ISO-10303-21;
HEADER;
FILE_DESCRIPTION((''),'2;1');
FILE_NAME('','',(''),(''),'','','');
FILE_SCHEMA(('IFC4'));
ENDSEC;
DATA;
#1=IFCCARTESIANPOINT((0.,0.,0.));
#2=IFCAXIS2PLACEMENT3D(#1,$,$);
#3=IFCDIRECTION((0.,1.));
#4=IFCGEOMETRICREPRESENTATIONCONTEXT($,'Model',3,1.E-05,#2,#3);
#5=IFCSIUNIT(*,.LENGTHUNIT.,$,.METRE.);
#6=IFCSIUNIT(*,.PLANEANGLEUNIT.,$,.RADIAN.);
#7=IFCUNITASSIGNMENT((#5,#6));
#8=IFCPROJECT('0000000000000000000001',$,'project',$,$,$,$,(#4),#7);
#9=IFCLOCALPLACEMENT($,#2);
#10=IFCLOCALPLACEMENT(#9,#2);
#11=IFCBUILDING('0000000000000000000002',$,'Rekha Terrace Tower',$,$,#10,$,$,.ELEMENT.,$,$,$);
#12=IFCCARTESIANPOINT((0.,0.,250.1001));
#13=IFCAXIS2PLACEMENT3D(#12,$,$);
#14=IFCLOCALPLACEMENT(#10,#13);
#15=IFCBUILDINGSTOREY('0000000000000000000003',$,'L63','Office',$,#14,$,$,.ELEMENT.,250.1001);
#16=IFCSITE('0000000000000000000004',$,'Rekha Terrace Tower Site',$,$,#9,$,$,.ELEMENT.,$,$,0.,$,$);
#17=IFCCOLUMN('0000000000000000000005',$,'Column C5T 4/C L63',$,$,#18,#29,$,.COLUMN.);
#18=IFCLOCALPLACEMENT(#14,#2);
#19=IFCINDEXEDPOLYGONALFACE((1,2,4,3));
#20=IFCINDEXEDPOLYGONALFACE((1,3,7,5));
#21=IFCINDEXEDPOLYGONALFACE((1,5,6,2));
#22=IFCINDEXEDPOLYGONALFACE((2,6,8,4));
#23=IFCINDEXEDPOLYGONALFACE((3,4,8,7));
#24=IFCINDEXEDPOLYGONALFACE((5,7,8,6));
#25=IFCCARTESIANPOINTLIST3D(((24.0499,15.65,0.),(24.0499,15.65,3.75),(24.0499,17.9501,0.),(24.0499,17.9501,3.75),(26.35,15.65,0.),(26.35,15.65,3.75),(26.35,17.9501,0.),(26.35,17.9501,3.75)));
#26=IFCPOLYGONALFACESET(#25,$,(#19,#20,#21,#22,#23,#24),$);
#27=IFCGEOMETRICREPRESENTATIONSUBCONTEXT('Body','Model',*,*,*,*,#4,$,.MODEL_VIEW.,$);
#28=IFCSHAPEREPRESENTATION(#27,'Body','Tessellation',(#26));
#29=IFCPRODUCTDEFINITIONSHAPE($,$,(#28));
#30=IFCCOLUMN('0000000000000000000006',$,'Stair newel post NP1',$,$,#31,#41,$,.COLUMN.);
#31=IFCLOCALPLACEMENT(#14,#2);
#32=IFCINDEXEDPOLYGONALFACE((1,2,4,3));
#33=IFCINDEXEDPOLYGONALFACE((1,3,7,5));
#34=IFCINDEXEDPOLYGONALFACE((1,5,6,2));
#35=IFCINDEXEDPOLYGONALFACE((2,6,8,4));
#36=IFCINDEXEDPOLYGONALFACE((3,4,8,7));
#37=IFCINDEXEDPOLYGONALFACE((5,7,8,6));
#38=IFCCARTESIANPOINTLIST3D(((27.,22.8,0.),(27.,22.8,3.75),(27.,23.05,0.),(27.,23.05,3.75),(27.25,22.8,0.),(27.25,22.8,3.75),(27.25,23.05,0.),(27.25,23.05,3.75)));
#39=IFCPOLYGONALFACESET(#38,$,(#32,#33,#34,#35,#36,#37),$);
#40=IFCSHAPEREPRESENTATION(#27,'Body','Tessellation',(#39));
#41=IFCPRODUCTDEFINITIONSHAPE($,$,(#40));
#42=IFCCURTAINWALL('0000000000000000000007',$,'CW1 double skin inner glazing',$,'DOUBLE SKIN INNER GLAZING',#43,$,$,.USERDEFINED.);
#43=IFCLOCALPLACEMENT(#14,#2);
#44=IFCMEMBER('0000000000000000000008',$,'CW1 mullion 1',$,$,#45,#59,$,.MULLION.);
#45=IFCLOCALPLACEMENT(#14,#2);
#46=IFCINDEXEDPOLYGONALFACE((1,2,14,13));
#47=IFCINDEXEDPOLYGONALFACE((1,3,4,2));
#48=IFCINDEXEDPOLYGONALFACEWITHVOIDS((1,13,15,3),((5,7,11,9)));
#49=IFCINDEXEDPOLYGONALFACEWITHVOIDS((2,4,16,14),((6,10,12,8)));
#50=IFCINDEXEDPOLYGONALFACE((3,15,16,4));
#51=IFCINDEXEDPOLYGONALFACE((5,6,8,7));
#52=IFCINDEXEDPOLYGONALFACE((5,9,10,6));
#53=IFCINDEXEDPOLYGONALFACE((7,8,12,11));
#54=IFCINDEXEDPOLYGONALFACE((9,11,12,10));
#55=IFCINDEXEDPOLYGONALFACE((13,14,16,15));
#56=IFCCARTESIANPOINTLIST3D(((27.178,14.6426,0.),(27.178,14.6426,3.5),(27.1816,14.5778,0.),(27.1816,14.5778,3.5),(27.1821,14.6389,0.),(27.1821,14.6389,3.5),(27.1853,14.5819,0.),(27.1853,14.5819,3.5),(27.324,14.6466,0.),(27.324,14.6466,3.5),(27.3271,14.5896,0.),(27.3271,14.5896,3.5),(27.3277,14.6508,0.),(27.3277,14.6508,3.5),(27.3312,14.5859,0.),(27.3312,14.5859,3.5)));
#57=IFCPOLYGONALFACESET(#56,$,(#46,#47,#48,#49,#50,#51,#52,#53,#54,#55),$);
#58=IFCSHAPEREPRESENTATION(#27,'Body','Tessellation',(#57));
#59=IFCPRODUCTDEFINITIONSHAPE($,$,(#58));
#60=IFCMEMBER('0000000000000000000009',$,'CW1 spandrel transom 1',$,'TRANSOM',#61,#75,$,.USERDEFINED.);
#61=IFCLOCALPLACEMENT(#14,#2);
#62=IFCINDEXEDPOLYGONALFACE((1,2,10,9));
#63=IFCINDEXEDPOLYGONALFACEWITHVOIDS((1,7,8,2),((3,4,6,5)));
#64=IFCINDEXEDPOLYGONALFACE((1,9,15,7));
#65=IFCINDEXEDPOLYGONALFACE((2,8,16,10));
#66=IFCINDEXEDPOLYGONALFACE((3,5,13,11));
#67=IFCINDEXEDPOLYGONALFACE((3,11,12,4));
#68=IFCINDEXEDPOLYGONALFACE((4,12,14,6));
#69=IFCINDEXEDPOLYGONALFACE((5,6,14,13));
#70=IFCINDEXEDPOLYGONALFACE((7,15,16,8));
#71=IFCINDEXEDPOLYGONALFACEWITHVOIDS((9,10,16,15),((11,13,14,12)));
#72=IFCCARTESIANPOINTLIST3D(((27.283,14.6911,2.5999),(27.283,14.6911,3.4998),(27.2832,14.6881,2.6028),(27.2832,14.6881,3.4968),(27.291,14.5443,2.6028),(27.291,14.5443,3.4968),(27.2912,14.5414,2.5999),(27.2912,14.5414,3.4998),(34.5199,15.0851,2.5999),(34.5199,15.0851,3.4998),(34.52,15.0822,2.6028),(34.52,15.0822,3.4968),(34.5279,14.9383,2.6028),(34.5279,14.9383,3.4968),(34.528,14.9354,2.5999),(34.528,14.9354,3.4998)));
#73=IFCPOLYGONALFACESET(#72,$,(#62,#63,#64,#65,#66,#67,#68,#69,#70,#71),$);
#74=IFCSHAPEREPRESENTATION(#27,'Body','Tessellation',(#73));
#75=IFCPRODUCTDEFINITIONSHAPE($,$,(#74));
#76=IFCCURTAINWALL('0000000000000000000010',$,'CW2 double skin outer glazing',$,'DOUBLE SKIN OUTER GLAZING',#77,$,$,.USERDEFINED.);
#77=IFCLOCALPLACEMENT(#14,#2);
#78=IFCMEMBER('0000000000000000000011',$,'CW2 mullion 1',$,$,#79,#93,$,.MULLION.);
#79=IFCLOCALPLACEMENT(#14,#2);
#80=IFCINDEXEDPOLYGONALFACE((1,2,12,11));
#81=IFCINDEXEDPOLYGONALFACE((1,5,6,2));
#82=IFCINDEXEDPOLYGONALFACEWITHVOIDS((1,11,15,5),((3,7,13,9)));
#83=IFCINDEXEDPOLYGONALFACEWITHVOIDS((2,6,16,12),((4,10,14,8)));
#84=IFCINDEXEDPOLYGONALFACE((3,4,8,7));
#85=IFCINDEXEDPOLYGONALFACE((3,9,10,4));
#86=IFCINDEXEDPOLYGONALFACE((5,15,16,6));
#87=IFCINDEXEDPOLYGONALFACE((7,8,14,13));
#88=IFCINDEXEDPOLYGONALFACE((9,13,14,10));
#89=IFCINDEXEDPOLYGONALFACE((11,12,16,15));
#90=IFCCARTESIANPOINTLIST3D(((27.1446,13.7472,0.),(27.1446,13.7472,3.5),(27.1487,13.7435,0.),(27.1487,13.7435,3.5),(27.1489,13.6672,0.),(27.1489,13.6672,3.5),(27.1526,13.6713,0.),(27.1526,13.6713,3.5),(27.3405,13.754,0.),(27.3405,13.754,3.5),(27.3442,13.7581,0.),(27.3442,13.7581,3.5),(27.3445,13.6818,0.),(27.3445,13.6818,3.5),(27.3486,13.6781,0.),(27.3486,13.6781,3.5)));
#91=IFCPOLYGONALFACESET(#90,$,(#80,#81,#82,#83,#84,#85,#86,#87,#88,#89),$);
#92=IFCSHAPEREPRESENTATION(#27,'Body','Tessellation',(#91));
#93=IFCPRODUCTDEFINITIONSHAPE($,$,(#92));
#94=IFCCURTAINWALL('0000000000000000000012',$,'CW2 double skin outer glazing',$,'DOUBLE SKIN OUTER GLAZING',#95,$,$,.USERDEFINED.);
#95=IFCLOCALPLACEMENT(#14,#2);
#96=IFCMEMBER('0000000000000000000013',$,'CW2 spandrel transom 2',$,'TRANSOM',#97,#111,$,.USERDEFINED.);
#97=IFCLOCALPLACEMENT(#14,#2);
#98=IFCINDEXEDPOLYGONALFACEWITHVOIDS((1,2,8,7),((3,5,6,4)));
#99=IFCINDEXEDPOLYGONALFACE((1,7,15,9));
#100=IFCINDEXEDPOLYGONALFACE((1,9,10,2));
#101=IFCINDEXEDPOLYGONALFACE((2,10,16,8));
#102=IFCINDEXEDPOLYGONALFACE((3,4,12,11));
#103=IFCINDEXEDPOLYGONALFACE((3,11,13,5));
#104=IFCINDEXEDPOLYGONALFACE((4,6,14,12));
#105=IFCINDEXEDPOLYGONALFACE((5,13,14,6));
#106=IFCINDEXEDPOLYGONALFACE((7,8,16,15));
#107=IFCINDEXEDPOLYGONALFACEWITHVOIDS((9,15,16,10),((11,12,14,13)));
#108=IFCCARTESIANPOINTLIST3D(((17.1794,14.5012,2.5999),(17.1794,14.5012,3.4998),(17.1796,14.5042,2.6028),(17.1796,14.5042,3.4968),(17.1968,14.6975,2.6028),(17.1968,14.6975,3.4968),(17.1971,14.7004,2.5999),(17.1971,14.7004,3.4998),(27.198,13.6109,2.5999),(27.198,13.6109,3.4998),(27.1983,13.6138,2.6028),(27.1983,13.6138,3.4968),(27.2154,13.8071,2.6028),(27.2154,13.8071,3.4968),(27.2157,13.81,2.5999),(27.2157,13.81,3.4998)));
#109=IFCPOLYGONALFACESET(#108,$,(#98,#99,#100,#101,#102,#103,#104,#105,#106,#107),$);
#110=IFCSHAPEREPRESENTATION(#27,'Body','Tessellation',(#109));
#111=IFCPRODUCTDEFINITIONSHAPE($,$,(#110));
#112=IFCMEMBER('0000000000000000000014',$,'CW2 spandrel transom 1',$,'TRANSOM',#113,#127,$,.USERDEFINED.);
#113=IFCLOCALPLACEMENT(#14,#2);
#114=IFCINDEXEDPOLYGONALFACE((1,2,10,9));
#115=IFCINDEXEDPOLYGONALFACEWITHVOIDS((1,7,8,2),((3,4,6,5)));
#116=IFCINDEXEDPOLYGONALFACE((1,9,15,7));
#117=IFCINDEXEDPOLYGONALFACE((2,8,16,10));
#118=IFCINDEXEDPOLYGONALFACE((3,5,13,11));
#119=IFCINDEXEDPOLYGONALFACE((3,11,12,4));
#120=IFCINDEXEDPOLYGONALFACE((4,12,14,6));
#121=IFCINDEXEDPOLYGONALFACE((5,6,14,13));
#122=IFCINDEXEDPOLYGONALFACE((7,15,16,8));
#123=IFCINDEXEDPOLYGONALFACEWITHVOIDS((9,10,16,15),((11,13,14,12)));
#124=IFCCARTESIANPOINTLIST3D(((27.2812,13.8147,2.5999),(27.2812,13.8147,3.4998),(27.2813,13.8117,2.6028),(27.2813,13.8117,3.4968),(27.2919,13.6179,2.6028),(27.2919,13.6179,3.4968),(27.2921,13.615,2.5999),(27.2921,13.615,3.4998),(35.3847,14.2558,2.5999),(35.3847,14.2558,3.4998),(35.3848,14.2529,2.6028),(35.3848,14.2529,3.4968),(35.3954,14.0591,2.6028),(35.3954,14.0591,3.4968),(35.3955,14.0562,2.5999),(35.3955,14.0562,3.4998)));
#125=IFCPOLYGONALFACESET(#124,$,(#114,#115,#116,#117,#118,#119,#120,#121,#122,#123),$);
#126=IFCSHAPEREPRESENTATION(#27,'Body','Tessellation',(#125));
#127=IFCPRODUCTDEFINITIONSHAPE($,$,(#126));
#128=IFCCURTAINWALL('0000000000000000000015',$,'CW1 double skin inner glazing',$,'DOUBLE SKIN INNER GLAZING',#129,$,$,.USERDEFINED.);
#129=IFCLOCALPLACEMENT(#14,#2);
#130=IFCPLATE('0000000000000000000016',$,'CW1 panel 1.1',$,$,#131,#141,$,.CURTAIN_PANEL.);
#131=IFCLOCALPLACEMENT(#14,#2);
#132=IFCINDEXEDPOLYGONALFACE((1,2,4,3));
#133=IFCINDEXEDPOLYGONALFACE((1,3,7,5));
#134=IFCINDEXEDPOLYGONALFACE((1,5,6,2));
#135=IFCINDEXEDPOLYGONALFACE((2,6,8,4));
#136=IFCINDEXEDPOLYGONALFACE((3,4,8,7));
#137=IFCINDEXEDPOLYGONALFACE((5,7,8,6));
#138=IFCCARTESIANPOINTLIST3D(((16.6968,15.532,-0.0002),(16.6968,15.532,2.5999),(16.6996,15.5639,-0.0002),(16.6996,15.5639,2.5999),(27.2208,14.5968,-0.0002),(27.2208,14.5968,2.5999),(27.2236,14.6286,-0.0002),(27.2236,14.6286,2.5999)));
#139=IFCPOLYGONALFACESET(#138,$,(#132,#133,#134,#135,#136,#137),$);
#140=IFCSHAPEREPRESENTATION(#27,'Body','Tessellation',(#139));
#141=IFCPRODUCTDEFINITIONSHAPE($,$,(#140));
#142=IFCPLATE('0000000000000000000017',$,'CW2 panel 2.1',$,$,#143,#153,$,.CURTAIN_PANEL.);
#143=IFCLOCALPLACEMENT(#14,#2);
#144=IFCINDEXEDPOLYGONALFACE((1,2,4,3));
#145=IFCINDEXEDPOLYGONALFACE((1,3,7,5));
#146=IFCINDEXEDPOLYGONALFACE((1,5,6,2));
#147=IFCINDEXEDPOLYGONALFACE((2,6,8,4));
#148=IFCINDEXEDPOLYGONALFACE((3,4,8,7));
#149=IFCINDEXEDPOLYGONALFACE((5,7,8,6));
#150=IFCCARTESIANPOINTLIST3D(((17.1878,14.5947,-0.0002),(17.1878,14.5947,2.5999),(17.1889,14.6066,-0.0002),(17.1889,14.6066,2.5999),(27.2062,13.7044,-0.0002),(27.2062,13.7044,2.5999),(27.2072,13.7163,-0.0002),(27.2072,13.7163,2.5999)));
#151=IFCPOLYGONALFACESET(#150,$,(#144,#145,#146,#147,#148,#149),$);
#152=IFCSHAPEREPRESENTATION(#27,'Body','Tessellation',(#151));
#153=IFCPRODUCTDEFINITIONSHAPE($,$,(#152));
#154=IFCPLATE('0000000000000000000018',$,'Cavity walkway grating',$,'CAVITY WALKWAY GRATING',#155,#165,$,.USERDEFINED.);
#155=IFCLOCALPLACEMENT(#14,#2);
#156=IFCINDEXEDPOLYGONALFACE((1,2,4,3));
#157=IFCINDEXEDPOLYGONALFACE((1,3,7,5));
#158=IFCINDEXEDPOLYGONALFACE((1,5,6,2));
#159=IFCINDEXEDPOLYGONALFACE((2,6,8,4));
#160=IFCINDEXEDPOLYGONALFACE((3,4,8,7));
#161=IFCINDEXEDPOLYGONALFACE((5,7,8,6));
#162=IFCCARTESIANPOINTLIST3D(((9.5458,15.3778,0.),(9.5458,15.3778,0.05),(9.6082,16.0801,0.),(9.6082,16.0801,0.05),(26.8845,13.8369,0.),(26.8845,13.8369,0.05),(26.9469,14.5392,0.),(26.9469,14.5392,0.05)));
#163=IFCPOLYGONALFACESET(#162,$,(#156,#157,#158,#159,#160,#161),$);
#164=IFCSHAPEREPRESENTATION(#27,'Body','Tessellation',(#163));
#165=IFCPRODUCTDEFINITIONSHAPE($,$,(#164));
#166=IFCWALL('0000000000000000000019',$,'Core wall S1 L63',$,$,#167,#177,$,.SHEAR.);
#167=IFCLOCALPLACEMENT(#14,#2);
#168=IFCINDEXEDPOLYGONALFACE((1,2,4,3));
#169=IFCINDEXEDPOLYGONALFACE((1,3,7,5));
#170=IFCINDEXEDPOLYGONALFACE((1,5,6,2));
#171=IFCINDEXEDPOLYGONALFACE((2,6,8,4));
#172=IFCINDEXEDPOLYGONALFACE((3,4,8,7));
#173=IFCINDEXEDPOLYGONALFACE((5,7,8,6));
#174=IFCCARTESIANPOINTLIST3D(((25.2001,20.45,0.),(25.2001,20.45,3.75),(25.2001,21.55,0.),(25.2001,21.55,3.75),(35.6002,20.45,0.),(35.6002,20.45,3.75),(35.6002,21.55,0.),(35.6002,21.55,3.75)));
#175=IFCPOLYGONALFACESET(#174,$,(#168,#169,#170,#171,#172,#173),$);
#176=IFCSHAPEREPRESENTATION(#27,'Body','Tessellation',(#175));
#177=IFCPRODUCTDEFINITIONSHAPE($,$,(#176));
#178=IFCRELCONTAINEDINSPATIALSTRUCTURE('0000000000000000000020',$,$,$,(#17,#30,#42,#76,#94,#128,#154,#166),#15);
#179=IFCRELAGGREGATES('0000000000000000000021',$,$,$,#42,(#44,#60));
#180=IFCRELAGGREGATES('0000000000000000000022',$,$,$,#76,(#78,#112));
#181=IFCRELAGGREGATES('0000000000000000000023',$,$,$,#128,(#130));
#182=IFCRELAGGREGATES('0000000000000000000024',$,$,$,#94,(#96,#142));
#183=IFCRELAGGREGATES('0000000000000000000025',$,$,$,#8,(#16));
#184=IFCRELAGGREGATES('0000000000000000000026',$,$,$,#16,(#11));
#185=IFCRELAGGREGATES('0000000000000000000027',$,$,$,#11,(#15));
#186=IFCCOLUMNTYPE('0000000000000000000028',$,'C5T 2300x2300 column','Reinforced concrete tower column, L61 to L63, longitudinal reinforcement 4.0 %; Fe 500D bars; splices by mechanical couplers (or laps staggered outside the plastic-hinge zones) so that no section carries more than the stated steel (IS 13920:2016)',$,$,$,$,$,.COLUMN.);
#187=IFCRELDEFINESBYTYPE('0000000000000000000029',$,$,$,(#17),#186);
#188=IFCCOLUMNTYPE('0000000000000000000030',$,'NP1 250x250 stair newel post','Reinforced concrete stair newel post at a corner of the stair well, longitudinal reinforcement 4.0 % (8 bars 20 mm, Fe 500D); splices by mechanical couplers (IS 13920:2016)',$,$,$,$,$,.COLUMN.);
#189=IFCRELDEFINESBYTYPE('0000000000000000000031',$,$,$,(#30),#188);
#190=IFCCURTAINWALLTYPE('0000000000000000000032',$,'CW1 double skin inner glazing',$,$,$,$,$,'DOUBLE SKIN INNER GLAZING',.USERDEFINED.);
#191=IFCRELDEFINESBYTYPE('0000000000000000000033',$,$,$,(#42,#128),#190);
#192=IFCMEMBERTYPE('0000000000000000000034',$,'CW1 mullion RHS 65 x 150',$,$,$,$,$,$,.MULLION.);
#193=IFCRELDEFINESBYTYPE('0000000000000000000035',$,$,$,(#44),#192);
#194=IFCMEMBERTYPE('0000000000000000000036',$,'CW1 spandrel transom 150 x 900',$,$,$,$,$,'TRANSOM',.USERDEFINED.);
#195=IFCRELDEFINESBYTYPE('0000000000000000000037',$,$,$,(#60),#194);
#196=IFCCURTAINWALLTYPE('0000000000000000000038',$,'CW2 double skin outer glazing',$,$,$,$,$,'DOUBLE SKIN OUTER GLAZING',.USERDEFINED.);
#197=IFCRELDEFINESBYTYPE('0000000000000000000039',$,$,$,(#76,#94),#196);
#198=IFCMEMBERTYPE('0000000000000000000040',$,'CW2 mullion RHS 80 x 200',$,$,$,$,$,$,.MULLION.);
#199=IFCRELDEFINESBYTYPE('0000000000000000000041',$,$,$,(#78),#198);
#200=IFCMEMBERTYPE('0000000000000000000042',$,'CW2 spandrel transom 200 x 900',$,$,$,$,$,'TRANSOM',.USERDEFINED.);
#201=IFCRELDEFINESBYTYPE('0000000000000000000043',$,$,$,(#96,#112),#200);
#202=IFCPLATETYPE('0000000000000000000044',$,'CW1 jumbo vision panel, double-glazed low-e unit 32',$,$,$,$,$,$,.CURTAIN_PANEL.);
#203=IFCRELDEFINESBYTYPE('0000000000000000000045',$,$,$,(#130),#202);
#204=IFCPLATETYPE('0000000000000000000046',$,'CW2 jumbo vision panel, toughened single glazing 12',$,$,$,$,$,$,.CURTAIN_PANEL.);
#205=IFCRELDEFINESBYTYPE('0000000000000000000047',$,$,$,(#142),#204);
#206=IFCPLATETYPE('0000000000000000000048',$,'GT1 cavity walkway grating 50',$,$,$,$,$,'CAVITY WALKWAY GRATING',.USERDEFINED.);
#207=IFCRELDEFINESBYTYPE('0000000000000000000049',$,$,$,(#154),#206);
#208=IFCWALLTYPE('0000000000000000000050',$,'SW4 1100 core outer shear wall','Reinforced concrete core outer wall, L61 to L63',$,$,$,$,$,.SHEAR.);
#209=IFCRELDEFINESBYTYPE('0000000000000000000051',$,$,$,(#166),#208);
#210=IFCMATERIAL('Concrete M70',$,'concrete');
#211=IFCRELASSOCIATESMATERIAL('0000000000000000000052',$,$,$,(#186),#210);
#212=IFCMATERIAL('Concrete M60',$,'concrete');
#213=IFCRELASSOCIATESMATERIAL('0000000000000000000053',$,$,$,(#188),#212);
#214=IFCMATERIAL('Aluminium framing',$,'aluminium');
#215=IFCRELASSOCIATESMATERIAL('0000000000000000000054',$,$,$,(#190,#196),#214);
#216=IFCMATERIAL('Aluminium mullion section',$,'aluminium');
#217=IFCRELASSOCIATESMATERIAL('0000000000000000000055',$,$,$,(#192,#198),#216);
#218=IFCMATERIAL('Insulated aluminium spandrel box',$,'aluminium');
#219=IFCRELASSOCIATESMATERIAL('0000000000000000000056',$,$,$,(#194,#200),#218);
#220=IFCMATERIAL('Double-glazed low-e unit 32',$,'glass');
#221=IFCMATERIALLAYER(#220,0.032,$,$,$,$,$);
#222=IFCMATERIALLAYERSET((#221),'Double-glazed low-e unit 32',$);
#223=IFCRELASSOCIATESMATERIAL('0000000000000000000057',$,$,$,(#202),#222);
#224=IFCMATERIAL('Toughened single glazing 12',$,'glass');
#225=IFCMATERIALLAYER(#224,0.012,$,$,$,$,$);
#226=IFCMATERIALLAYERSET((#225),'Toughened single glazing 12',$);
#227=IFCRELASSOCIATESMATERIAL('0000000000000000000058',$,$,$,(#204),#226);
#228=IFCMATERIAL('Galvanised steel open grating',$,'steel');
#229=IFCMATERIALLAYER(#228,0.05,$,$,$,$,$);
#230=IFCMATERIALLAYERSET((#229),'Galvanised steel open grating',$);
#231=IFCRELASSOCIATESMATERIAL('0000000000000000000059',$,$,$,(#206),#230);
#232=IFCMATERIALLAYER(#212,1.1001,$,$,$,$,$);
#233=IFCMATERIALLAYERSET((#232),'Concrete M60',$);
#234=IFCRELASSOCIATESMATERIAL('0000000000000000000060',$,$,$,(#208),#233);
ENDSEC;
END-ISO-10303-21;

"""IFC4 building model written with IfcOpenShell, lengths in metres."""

from ifc_helpers import new_model, si_unit, direction, frame, frame_2d, origin, origin_2d, place, context, subcontext, project, spatial, rectangle, hollow_rectangle, extrude, material, layer, layer_set, material_profile, profile_set, type_object, element, aggregate, save


model = new_model("IFC4")

# Units and contexts
model_context = context("Model", 3, precision=1e-05, world=origin(), true_north=direction((0.0, 1.0)))
body_context = subcontext(model_context, "Body", "Model", "MODEL_VIEW")
ifc_project = project(units=[si_unit("LENGTHUNIT", "METRE"), si_unit("PLANEANGLEUNIT", "RADIAN")], contexts=[model_context])

# Site, building, storey
site_placement = place(None, origin())
site = spatial("IfcSite", under=ifc_project, at=site_placement, Name="Rekha Terrace Tower Site", CompositionType="ELEMENT", RefElevation=0.0)
building_placement = place(site_placement, origin())
building = spatial("IfcBuilding", under=site, at=building_placement, Name="Rekha Terrace Tower", CompositionType="ELEMENT")
storey_placement = place(building_placement, frame((0.0, 0.0, 250.1001)))
storey = spatial("IfcBuildingStorey", under=building, at=storey_placement, Name="L63", Description="Office", CompositionType="ELEMENT", Elevation=250.1001)

# Columns
ifc_material_1 = material(Name="Concrete M70", Category="concrete")
ifc_material_profile_1 = material_profile(ifc_material_1, rectangle(XDim=2.3, YDim=2.3, at=origin_2d()), Name="RC 2300x2300")
ifc_profile_set_1 = profile_set([ifc_material_profile_1], Name="Concrete M70")
column_type_1 = type_object("IfcColumnType", Name="C5T 2300x2300 column", Description="Reinforced concrete tower column, L61 to L63, longitudinal reinforcement 4.0 %; Fe 500D bars; splices by mechanical couplers (or laps staggered outside the plastic-hinge zones) so that no section carries more than the stated steel (IS 13920:2016)", PredefinedType="COLUMN", material=ifc_profile_set_1)
column_1_placement = place(storey_placement, frame((25.2, 16.8, 0.0), z_axis=(0.0, 0.0, 1.0), x_axis=(1.0, 0.0, 0.0)))
element("IfcColumn", 1, at=column_1_placement, inside=storey, type_object=column_type_1, Name="Column C5T 4/C L63", PredefinedType="COLUMN", context=body_context, shape_type="SweptSolid", body=[
    extrude(rectangle(XDim=2.3, YDim=2.3, at=origin_2d()), origin(), (0.0, 0.0, 1.0), 3.75),
])
ifc_material_2 = material(Name="Concrete M60", Category="concrete")
ifc_material_profile_2 = material_profile(ifc_material_2, rectangle(XDim=0.25, YDim=0.25, at=origin_2d()), Name="RC 250x250")
ifc_profile_set_2 = profile_set([ifc_material_profile_2], Name="Concrete M60")
column_type_2 = type_object("IfcColumnType", Name="NP1 250x250 stair newel post", Description="Reinforced concrete stair newel post at a corner of the stair well, longitudinal reinforcement 4.0 % (8 bars 20 mm, Fe 500D); splices by mechanical couplers (IS 13920:2016)", PredefinedType="COLUMN", material=ifc_profile_set_2)
column_2_placement = place(storey_placement, frame((27.125, 22.925, 0.0), z_axis=(0.0, 0.0, 1.0), x_axis=(1.0, 0.0, 0.0)))
element("IfcColumn", 2, at=column_2_placement, inside=storey, type_object=column_type_2, Name="Stair newel post NP1", PredefinedType="COLUMN", context=body_context, shape_type="SweptSolid", body=[
    extrude(rectangle(XDim=0.25, YDim=0.25, at=origin_2d()), origin(), (0.0, 0.0, 1.0), 3.75),
])

# Curtain wall, members
ifc_material_3 = material(Name="Aluminium framing", Category="aluminium")
curtain_wall_type_1 = type_object("IfcCurtainWallType", Name="CW1 double skin inner glazing", ElementType="DOUBLE SKIN INNER GLAZING", PredefinedType="USERDEFINED", material=ifc_material_3)
curtain_wall_1_placement = place(storey_placement, origin())
curtain_wall_1 = element("IfcCurtainWall", 3, at=curtain_wall_1_placement, inside=storey, type_object=curtain_wall_type_1, Name="CW1 double skin inner glazing", ObjectType="DOUBLE SKIN INNER GLAZING", PredefinedType="USERDEFINED")
ifc_material_4 = material(Name="Aluminium mullion section", Category="aluminium")
ifc_material_profile_3 = material_profile(ifc_material_4, hollow_rectangle(XDim=0.0649, YDim=0.1499, WallThickness=0.0039, at=origin_2d()), Name="AL RHS 65x150")
ifc_profile_set_3 = profile_set([ifc_material_profile_3], Name="Aluminium mullion section")
member_type_1 = type_object("IfcMemberType", Name="CW1 mullion RHS 65 x 150", PredefinedType="MULLION", material=ifc_profile_set_3)
member_1_placement = place(storey_placement, frame((27.2546, 14.6143, 0.0), z_axis=(0.0, 0.0, 1.0), x_axis=(-0.054389, 0.99852, 0.0)))
member_1 = element("IfcMember", 4, at=member_1_placement, type_object=member_type_1, Name="CW1 mullion 1", PredefinedType="MULLION", context=body_context, shape_type="SweptSolid", body=[
    extrude(hollow_rectangle(XDim=0.0649, YDim=0.1499, WallThickness=0.0039, at=origin_2d()), origin(), (0.0, 0.0, 1.0), 3.5),
])
ifc_material_5 = material(Name="Insulated aluminium spandrel box", Category="aluminium")
ifc_material_profile_4 = material_profile(ifc_material_5, hollow_rectangle(XDim=0.1499, YDim=0.8999, WallThickness=0.0029, at=origin_2d()), Name="AL SPANDREL BOX 150x900")
ifc_profile_set_4 = profile_set([ifc_material_profile_4], Name="Insulated aluminium spandrel box")
member_type_2 = type_object("IfcMemberType", Name="CW1 spandrel transom 150 x 900", ElementType="TRANSOM", PredefinedType="USERDEFINED", material=ifc_profile_set_4)
member_2_placement = place(storey_placement, frame((27.2871, 14.6162, 3.0498), z_axis=(0.998521, 0.054369, 0.0), x_axis=(-0.054369, 0.998521, 0.0)))
member_2 = element("IfcMember", 5, at=member_2_placement, type_object=member_type_2, Name="CW1 spandrel transom 1", ObjectType="TRANSOM", PredefinedType="USERDEFINED", context=body_context, shape_type="SweptSolid", body=[
    extrude(hollow_rectangle(XDim=0.1499, YDim=0.8999, WallThickness=0.0029, at=origin_2d()), origin(), (0.0, 0.0, 1.0), 7.2476),
])
aggregate(curtain_wall_1, [member_1, member_2])

# Curtain walls, members
curtain_wall_type_2 = type_object("IfcCurtainWallType", Name="CW2 double skin outer glazing", ElementType="DOUBLE SKIN OUTER GLAZING", PredefinedType="USERDEFINED", material=ifc_material_3)
curtain_wall_2_placement = place(storey_placement, origin())
curtain_wall_2 = element("IfcCurtainWall", 6, at=curtain_wall_2_placement, inside=storey, type_object=curtain_wall_type_2, Name="CW2 double skin outer glazing", ObjectType="DOUBLE SKIN OUTER GLAZING", PredefinedType="USERDEFINED")
ifc_material_profile_5 = material_profile(ifc_material_4, hollow_rectangle(XDim=0.0801, YDim=0.2, WallThickness=0.0039, at=origin_2d()), Name="AL RHS 80x200")
ifc_profile_set_5 = profile_set([ifc_material_profile_5], Name="Aluminium mullion section")
member_type_3 = type_object("IfcMemberType", Name="CW2 mullion RHS 80 x 200", PredefinedType="MULLION", material=ifc_profile_set_5)
member_3_placement = place(storey_placement, frame((27.2466, 13.7126, 0.0), z_axis=(0.0, 0.0, 1.0), x_axis=(-0.054389, 0.99852, 0.0)))
member_3 = element("IfcMember", 7, at=member_3_placement, type_object=member_type_3, Name="CW2 mullion 1", PredefinedType="MULLION", context=body_context, shape_type="SweptSolid", body=[
    extrude(hollow_rectangle(XDim=0.0801, YDim=0.2, WallThickness=0.0039, at=origin_2d()), origin(), (0.0, 0.0, 1.0), 3.5),
])
curtain_wall_3_placement = place(storey_placement, origin())
curtain_wall_3 = element("IfcCurtainWall", 8, at=curtain_wall_3_placement, inside=storey, type_object=curtain_wall_type_2, Name="CW2 double skin outer glazing", ObjectType="DOUBLE SKIN OUTER GLAZING", PredefinedType="USERDEFINED")
ifc_material_profile_6 = material_profile(ifc_material_5, hollow_rectangle(XDim=0.2, YDim=0.8999, WallThickness=0.0029, at=origin_2d()), Name="AL SPANDREL BOX 200x900")
ifc_profile_set_6 = profile_set([ifc_material_profile_6], Name="Insulated aluminium spandrel box")
member_type_4 = type_object("IfcMemberType", Name="CW2 spandrel transom 200 x 900", ElementType="TRANSOM", PredefinedType="USERDEFINED", material=ifc_profile_set_6)
member_4_placement = place(storey_placement, frame((17.1882, 14.6008, 3.0498), z_axis=(0.996074, -0.088524, 0.0), x_axis=(0.088524, 0.996074, 0.0)))
member_4 = element("IfcMember", 9, at=member_4_placement, type_object=member_type_4, Name="CW2 spandrel transom 2", ObjectType="TRANSOM", PredefinedType="USERDEFINED", context=body_context, shape_type="SweptSolid", body=[
    extrude(hollow_rectangle(XDim=0.2, YDim=0.8999, WallThickness=0.0029, at=origin_2d()), origin(), (0.0, 0.0, 1.0), 10.0581),
])

# Member
member_5_placement = place(storey_placement, frame((27.2866, 13.7148, 3.0498), z_axis=(0.998521, 0.05436, 0.0), x_axis=(-0.05436, 0.998521, 0.0)))
member_5 = element("IfcMember", 10, at=member_5_placement, type_object=member_type_4, Name="CW2 spandrel transom 1", ObjectType="TRANSOM", PredefinedType="USERDEFINED", context=body_context, shape_type="SweptSolid", body=[
    extrude(hollow_rectangle(XDim=0.2, YDim=0.8999, WallThickness=0.0029, at=origin_2d()), origin(), (0.0, 0.0, 1.0), 8.1155),
])
aggregate(curtain_wall_2, [member_3, member_5])

# Curtain wall, plate
curtain_wall_4_placement = place(storey_placement, origin())
curtain_wall_4 = element("IfcCurtainWall", 11, at=curtain_wall_4_placement, inside=storey, type_object=curtain_wall_type_1, Name="CW1 double skin inner glazing", ObjectType="DOUBLE SKIN INNER GLAZING", PredefinedType="USERDEFINED")
ifc_material_6 = material(Name="Double-glazed low-e unit 32", Category="glass")
ifc_layer_1 = layer(ifc_material_6, 0.032)
ifc_layer_set_1 = layer_set([ifc_layer_1], Name="Double-glazed low-e unit 32")
plate_type_1 = type_object("IfcPlateType", Name="CW1 jumbo vision panel, double-glazed low-e unit 32", PredefinedType="CURTAIN_PANEL", material=ifc_layer_set_1)
plate_1_placement = place(storey_placement, frame((21.9602, 15.0803, -0.0002), z_axis=(0.0, 0.0, 1.0), x_axis=(0.996074, -0.088522, 0.0)))
plate_1 = element("IfcPlate", 12, at=plate_1_placement, type_object=plate_type_1, Name="CW1 panel 1.1", PredefinedType="CURTAIN_PANEL", context=body_context, shape_type="SweptSolid", body=[
    extrude(rectangle(XDim=10.5654, YDim=0.032, at=origin_2d()), origin(), (0.0, 0.0, 1.0), 2.6001),
])
aggregate(curtain_wall_4, [plate_1])

# Plates
ifc_material_7 = material(Name="Toughened single glazing 12", Category="glass")
ifc_layer_2 = layer(ifc_material_7, 0.012)
ifc_layer_set_2 = layer_set([ifc_layer_2], Name="Toughened single glazing 12")
plate_type_2 = type_object("IfcPlateType", Name="CW2 jumbo vision panel, toughened single glazing 12", PredefinedType="CURTAIN_PANEL", material=ifc_layer_set_2)
plate_2_placement = place(storey_placement, frame((22.1975, 14.1555, -0.0002), z_axis=(0.0, 0.0, 1.0), x_axis=(0.996074, -0.088522, 0.0)))
plate_2 = element("IfcPlate", 13, at=plate_2_placement, type_object=plate_type_2, Name="CW2 panel 2.1", PredefinedType="CURTAIN_PANEL", context=body_context, shape_type="SweptSolid", body=[
    extrude(rectangle(XDim=10.0579, YDim=0.012, at=origin_2d()), origin(), (0.0, 0.0, 1.0), 2.6001),
])
aggregate(curtain_wall_3, [member_4, plate_2])
ifc_material_8 = material(Name="Galvanised steel open grating", Category="steel")
ifc_layer_3 = layer(ifc_material_8, 0.05)
ifc_layer_set_3 = layer_set([ifc_layer_3], Name="Galvanised steel open grating")
plate_type_3 = type_object("IfcPlateType", Name="GT1 cavity walkway grating 50", ElementType="CAVITY WALKWAY GRATING", PredefinedType="USERDEFINED", material=ifc_layer_set_3)
plate_3_placement = place(storey_placement, frame((18.2463, 14.9585, 0.0), z_axis=(0.0, 0.0, 1.0), x_axis=(0.996074, -0.088522, 0.0)))
element("IfcPlate", 14, at=plate_3_placement, inside=storey, type_object=plate_type_3, Name="Cavity walkway grating", ObjectType="CAVITY WALKWAY GRATING", PredefinedType="USERDEFINED", context=body_context, shape_type="SweptSolid", body=[
    extrude(rectangle(XDim=17.407, YDim=0.7051, at=origin_2d()), origin(), (0.0, 0.0, 1.0), 0.05),
])

# Wall
ifc_layer_4 = layer(ifc_material_2, 1.1001)
ifc_layer_set_4 = layer_set([ifc_layer_4], Name="Concrete M60")
wall_type_1 = type_object("IfcWallType", Name="SW4 1100 core outer shear wall", Description="Reinforced concrete core outer wall, L61 to L63", PredefinedType="SHEAR", material=ifc_layer_set_4)
wall_1_placement = place(storey_placement, frame((25.2, 21.0, 0.0), z_axis=(0.0, 0.0, 1.0), x_axis=(1.0, 0.0, 0.0)))
element("IfcWall", 15, at=wall_1_placement, inside=storey, type_object=wall_type_1, Name="Core wall S1 L63", PredefinedType="SHEAR", context=body_context, shape_type="SweptSolid", body=[
    extrude(rectangle(XDim=10.4001, YDim=1.1001, at=frame_2d((5.2002, 0.0))), origin(), (0.0, 0.0, 1.0), 3.75),
])

save(model, "model.ifc")
